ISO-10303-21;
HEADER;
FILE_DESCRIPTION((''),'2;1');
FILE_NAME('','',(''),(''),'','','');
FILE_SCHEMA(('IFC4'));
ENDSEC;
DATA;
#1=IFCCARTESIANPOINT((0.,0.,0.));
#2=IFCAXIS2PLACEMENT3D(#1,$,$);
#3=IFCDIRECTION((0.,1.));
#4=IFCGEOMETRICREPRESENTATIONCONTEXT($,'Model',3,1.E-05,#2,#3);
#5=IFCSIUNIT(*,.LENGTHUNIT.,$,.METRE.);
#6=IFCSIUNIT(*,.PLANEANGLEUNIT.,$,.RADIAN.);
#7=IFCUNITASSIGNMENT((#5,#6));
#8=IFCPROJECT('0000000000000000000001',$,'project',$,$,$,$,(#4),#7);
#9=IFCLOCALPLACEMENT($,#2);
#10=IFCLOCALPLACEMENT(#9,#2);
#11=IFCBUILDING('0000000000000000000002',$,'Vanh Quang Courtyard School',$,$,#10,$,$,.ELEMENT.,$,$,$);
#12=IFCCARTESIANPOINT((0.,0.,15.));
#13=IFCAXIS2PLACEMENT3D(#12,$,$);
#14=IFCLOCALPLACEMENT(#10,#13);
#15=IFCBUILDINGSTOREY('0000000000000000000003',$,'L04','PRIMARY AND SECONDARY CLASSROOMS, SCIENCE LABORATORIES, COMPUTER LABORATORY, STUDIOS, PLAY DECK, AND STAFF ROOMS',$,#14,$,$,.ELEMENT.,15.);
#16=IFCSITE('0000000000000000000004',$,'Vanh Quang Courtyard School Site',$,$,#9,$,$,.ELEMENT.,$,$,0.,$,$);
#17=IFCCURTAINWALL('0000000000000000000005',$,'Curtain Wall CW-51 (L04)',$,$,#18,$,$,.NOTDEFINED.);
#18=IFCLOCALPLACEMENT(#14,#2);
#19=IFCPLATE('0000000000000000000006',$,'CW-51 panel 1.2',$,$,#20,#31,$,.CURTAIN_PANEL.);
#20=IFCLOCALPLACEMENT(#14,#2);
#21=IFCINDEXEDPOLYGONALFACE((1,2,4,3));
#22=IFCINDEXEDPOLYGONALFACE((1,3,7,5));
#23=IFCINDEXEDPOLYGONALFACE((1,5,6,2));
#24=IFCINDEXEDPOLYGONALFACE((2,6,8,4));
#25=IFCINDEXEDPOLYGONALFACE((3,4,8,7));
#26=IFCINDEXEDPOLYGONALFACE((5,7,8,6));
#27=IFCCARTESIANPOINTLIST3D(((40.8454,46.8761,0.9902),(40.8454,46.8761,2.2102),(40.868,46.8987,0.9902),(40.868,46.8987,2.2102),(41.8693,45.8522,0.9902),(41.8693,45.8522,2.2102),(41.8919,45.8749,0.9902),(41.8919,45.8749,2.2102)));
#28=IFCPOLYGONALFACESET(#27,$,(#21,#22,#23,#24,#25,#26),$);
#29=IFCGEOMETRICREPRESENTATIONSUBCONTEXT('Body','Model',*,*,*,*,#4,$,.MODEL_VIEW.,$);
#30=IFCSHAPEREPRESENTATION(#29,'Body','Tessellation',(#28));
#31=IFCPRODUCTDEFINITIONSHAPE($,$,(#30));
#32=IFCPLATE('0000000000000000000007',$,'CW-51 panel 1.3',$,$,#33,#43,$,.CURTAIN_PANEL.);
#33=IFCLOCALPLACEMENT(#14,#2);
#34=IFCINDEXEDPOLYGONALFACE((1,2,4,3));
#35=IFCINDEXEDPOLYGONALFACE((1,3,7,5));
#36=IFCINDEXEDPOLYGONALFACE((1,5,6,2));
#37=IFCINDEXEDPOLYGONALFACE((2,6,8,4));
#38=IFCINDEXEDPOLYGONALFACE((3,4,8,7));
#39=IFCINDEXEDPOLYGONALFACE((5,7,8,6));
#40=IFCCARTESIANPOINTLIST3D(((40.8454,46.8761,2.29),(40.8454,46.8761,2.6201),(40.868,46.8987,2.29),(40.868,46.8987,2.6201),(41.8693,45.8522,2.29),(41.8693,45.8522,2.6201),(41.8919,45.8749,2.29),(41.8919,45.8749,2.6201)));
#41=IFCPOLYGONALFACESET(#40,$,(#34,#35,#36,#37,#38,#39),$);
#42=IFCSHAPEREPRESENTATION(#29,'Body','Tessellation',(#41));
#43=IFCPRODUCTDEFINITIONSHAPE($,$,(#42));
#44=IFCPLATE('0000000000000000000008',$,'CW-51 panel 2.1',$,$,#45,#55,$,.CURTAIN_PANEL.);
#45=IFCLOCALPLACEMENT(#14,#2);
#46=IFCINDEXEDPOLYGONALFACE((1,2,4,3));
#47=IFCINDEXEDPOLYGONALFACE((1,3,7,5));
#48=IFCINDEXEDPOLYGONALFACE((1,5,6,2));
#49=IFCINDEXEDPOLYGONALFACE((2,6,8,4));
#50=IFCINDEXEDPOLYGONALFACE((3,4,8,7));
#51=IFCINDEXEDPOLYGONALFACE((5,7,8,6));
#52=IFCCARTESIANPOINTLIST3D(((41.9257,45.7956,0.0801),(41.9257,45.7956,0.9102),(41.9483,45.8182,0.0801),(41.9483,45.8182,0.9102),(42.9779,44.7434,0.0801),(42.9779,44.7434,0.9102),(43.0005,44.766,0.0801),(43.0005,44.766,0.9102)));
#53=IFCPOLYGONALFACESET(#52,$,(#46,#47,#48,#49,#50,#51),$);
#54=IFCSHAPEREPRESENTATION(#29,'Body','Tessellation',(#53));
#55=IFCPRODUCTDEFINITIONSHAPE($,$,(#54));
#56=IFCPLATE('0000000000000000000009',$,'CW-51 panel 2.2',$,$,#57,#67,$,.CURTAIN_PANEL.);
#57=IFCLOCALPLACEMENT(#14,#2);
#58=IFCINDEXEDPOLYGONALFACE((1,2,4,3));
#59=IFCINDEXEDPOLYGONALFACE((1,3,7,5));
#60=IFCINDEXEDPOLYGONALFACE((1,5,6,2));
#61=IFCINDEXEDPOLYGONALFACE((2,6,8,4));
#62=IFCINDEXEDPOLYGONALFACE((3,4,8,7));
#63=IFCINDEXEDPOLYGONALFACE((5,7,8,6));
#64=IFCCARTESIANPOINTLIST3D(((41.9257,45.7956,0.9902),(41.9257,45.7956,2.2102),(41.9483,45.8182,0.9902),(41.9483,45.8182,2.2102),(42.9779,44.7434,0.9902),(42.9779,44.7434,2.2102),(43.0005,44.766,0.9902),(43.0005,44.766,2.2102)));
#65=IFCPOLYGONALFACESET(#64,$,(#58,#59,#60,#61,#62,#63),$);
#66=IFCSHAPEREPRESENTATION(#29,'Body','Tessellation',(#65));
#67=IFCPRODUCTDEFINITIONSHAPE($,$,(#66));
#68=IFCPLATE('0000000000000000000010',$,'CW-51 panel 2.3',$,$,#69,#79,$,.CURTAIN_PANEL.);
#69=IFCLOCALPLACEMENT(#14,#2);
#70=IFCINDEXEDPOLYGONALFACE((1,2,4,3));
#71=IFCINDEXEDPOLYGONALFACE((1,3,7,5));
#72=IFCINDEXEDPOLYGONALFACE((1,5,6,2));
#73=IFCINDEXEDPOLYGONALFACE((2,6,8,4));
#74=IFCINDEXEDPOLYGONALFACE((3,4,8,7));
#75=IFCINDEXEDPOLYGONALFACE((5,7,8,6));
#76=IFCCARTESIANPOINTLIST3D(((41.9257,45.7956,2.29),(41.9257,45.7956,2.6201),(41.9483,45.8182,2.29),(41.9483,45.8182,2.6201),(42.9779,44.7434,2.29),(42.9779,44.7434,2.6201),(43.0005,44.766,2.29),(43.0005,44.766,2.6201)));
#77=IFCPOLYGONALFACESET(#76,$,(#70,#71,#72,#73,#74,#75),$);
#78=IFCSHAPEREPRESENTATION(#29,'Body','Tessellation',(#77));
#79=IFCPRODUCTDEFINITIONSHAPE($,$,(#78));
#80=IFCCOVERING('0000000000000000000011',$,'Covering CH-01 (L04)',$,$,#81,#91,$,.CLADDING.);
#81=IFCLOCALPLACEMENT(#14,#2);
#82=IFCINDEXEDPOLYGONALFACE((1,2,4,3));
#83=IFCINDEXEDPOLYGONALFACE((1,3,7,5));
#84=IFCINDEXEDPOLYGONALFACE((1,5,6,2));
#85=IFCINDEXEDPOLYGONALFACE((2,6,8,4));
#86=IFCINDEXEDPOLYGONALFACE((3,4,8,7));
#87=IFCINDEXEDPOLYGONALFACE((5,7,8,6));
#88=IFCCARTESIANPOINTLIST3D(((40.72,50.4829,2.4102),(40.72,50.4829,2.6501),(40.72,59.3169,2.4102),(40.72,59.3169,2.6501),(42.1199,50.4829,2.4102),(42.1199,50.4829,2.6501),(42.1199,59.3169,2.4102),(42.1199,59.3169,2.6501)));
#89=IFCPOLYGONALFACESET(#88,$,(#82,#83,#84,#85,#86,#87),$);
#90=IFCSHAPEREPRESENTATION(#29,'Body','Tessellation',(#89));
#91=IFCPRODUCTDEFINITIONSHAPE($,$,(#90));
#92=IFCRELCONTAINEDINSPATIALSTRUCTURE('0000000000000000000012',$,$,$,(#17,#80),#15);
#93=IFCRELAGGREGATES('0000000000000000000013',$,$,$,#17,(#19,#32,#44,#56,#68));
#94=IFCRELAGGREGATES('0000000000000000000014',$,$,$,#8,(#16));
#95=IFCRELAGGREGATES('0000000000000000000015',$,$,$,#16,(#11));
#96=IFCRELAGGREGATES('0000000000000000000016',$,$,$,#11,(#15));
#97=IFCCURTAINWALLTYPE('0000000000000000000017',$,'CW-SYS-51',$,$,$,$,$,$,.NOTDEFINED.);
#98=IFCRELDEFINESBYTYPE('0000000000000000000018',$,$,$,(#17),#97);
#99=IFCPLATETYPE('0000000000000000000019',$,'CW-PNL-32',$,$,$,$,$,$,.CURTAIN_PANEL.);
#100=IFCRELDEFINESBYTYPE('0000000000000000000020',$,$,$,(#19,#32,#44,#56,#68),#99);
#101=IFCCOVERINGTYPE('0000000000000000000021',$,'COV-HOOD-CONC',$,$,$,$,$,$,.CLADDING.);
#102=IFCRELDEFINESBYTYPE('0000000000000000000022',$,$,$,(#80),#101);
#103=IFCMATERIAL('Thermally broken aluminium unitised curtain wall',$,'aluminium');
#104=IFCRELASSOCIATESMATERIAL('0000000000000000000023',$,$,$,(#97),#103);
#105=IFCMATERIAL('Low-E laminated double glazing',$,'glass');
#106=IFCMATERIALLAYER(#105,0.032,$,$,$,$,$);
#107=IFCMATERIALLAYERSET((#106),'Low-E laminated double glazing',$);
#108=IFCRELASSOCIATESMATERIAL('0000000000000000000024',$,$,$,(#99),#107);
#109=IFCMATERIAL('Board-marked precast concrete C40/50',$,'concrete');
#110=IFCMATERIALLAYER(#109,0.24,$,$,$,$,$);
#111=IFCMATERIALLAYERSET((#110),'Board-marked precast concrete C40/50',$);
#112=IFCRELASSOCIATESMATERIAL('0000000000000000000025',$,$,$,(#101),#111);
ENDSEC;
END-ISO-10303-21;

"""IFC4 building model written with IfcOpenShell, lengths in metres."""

from ifc_helpers import new_model, si_unit, direction, frame, origin, origin_2d, place, context, subcontext, project, spatial, rectangle, extrude, material, layer, layer_set, type_object, element, aggregate, save


model = new_model("IFC4")

# Units and contexts
model_context = context("Model", 3, precision=1e-05, world=origin(), true_north=direction((0.0, 1.0)))
body_context = subcontext(model_context, "Body", "Model", "MODEL_VIEW")
ifc_project = project(units=[si_unit("LENGTHUNIT", "METRE"), si_unit("PLANEANGLEUNIT", "RADIAN")], contexts=[model_context])

# Site, building, storey
site_placement = place(None, origin())
site = spatial("IfcSite", under=ifc_project, at=site_placement, Name="Vanh Quang Courtyard School Site", CompositionType="ELEMENT", RefElevation=0.0)
building_placement = place(site_placement, origin())
building = spatial("IfcBuilding", under=site, at=building_placement, Name="Vanh Quang Courtyard School", CompositionType="ELEMENT")
storey_placement = place(building_placement, frame((0.0, 0.0, 15.0)))
storey = spatial("IfcBuildingStorey", under=building, at=storey_placement, Name="L04", Description="PRIMARY AND SECONDARY CLASSROOMS, SCIENCE LABORATORIES, COMPUTER LABORATORY, STUDIOS, PLAY DECK, AND STAFF ROOMS", CompositionType="ELEMENT", Elevation=15.0)

# Curtain wall, plates
ifc_material_1 = material(Name="Thermally broken aluminium unitised curtain wall", Category="aluminium")
curtain_wall_type = type_object("IfcCurtainWallType", Name="CW-SYS-51", PredefinedType="NOTDEFINED", material=ifc_material_1)
curtain_wall_placement = place(storey_placement, origin())
curtain_wall = element("IfcCurtainWall", 1, at=curtain_wall_placement, inside=storey, type_object=curtain_wall_type, Name="Curtain Wall CW-51 (L04)", PredefinedType="NOTDEFINED")
ifc_material_2 = material(Name="Low-E laminated double glazing", Category="glass")
ifc_layer_1 = layer(ifc_material_2, 0.032)
ifc_layer_set_1 = layer_set([ifc_layer_1], Name="Low-E laminated double glazing")
plate_type = type_object("IfcPlateType", Name="CW-PNL-32", PredefinedType="CURTAIN_PANEL", material=ifc_layer_set_1)
plate_1_placement = place(storey_placement, frame((41.3687, 46.3755, 0.9902), z_axis=(0.0, 0.0, 1.0), x_axis=(0.707107, -0.707107, 0.0)))
plate_1 = element("IfcPlate", 2, at=plate_1_placement, type_object=plate_type, Name="CW-51 panel 1.2", PredefinedType="CURTAIN_PANEL", context=body_context, shape_type="SweptSolid", body=[
    extrude(rectangle(XDim=1.448, YDim=0.032, at=origin_2d()), origin(), (0.0, 0.0, 1.0), 1.22),
])
plate_2_placement = place(storey_placement, frame((41.3687, 46.3755, 2.29), z_axis=(0.0, 0.0, 1.0), x_axis=(0.707107, -0.707107, 0.0)))
plate_2 = element("IfcPlate", 3, at=plate_2_placement, type_object=plate_type, Name="CW-51 panel 1.3", PredefinedType="CURTAIN_PANEL", context=body_context, shape_type="SweptSolid", body=[
    extrude(rectangle(XDim=1.448, YDim=0.032, at=origin_2d()), origin(), (0.0, 0.0, 1.0), 0.3301),
])
plate_3_placement = place(storey_placement, frame((42.4631, 45.2808, 0.0801), z_axis=(0.0, 0.0, 1.0), x_axis=(0.707107, -0.707107, 0.0)))
plate_3 = element("IfcPlate", 4, at=plate_3_placement, type_object=plate_type, Name="CW-51 panel 2.1", PredefinedType="CURTAIN_PANEL", context=body_context, shape_type="SweptSolid", body=[
    extrude(rectangle(XDim=1.488, YDim=0.032, at=origin_2d()), origin(), (0.0, 0.0, 1.0), 0.8301),
])
plate_4_placement = place(storey_placement, frame((42.4631, 45.2808, 0.9902), z_axis=(0.0, 0.0, 1.0), x_axis=(0.707107, -0.707107, 0.0)))
plate_4 = element("IfcPlate", 5, at=plate_4_placement, type_object=plate_type, Name="CW-51 panel 2.2", PredefinedType="CURTAIN_PANEL", context=body_context, shape_type="SweptSolid", body=[
    extrude(rectangle(XDim=1.488, YDim=0.032, at=origin_2d()), origin(), (0.0, 0.0, 1.0), 1.22),
])
plate_5_placement = place(storey_placement, frame((42.4631, 45.2808, 2.29), z_axis=(0.0, 0.0, 1.0), x_axis=(0.707107, -0.707107, 0.0)))
plate_5 = element("IfcPlate", 6, at=plate_5_placement, type_object=plate_type, Name="CW-51 panel 2.3", PredefinedType="CURTAIN_PANEL", context=body_context, shape_type="SweptSolid", body=[
    extrude(rectangle(XDim=1.488, YDim=0.032, at=origin_2d()), origin(), (0.0, 0.0, 1.0), 0.3301),
])
aggregate(curtain_wall, [plate_1, plate_2, plate_3, plate_4, plate_5])

# Covering
ifc_material_3 = material(Name="Board-marked precast concrete C40/50", Category="concrete")
ifc_layer_2 = layer(ifc_material_3, 0.24)
ifc_layer_set_2 = layer_set([ifc_layer_2], Name="Board-marked precast concrete C40/50")
covering_type = type_object("IfcCoveringType", Name="COV-HOOD-CONC", PredefinedType="CLADDING", material=ifc_layer_set_2)
covering_placement = place(storey_placement, frame((41.4199, 54.8999, 2.4102), z_axis=(0.0, 0.0, 1.0), x_axis=(0.0, -1.0, 0.0)))
element("IfcCovering", 7, at=covering_placement, inside=storey, type_object=covering_type, Name="Covering CH-01 (L04)", PredefinedType="CLADDING", context=body_context, shape_type="SweptSolid", body=[
    extrude(rectangle(XDim=8.834, YDim=1.3999, at=origin_2d()), origin(), (0.0, 0.0, 1.0), 0.24),
])

save(model, "model.ifc")
